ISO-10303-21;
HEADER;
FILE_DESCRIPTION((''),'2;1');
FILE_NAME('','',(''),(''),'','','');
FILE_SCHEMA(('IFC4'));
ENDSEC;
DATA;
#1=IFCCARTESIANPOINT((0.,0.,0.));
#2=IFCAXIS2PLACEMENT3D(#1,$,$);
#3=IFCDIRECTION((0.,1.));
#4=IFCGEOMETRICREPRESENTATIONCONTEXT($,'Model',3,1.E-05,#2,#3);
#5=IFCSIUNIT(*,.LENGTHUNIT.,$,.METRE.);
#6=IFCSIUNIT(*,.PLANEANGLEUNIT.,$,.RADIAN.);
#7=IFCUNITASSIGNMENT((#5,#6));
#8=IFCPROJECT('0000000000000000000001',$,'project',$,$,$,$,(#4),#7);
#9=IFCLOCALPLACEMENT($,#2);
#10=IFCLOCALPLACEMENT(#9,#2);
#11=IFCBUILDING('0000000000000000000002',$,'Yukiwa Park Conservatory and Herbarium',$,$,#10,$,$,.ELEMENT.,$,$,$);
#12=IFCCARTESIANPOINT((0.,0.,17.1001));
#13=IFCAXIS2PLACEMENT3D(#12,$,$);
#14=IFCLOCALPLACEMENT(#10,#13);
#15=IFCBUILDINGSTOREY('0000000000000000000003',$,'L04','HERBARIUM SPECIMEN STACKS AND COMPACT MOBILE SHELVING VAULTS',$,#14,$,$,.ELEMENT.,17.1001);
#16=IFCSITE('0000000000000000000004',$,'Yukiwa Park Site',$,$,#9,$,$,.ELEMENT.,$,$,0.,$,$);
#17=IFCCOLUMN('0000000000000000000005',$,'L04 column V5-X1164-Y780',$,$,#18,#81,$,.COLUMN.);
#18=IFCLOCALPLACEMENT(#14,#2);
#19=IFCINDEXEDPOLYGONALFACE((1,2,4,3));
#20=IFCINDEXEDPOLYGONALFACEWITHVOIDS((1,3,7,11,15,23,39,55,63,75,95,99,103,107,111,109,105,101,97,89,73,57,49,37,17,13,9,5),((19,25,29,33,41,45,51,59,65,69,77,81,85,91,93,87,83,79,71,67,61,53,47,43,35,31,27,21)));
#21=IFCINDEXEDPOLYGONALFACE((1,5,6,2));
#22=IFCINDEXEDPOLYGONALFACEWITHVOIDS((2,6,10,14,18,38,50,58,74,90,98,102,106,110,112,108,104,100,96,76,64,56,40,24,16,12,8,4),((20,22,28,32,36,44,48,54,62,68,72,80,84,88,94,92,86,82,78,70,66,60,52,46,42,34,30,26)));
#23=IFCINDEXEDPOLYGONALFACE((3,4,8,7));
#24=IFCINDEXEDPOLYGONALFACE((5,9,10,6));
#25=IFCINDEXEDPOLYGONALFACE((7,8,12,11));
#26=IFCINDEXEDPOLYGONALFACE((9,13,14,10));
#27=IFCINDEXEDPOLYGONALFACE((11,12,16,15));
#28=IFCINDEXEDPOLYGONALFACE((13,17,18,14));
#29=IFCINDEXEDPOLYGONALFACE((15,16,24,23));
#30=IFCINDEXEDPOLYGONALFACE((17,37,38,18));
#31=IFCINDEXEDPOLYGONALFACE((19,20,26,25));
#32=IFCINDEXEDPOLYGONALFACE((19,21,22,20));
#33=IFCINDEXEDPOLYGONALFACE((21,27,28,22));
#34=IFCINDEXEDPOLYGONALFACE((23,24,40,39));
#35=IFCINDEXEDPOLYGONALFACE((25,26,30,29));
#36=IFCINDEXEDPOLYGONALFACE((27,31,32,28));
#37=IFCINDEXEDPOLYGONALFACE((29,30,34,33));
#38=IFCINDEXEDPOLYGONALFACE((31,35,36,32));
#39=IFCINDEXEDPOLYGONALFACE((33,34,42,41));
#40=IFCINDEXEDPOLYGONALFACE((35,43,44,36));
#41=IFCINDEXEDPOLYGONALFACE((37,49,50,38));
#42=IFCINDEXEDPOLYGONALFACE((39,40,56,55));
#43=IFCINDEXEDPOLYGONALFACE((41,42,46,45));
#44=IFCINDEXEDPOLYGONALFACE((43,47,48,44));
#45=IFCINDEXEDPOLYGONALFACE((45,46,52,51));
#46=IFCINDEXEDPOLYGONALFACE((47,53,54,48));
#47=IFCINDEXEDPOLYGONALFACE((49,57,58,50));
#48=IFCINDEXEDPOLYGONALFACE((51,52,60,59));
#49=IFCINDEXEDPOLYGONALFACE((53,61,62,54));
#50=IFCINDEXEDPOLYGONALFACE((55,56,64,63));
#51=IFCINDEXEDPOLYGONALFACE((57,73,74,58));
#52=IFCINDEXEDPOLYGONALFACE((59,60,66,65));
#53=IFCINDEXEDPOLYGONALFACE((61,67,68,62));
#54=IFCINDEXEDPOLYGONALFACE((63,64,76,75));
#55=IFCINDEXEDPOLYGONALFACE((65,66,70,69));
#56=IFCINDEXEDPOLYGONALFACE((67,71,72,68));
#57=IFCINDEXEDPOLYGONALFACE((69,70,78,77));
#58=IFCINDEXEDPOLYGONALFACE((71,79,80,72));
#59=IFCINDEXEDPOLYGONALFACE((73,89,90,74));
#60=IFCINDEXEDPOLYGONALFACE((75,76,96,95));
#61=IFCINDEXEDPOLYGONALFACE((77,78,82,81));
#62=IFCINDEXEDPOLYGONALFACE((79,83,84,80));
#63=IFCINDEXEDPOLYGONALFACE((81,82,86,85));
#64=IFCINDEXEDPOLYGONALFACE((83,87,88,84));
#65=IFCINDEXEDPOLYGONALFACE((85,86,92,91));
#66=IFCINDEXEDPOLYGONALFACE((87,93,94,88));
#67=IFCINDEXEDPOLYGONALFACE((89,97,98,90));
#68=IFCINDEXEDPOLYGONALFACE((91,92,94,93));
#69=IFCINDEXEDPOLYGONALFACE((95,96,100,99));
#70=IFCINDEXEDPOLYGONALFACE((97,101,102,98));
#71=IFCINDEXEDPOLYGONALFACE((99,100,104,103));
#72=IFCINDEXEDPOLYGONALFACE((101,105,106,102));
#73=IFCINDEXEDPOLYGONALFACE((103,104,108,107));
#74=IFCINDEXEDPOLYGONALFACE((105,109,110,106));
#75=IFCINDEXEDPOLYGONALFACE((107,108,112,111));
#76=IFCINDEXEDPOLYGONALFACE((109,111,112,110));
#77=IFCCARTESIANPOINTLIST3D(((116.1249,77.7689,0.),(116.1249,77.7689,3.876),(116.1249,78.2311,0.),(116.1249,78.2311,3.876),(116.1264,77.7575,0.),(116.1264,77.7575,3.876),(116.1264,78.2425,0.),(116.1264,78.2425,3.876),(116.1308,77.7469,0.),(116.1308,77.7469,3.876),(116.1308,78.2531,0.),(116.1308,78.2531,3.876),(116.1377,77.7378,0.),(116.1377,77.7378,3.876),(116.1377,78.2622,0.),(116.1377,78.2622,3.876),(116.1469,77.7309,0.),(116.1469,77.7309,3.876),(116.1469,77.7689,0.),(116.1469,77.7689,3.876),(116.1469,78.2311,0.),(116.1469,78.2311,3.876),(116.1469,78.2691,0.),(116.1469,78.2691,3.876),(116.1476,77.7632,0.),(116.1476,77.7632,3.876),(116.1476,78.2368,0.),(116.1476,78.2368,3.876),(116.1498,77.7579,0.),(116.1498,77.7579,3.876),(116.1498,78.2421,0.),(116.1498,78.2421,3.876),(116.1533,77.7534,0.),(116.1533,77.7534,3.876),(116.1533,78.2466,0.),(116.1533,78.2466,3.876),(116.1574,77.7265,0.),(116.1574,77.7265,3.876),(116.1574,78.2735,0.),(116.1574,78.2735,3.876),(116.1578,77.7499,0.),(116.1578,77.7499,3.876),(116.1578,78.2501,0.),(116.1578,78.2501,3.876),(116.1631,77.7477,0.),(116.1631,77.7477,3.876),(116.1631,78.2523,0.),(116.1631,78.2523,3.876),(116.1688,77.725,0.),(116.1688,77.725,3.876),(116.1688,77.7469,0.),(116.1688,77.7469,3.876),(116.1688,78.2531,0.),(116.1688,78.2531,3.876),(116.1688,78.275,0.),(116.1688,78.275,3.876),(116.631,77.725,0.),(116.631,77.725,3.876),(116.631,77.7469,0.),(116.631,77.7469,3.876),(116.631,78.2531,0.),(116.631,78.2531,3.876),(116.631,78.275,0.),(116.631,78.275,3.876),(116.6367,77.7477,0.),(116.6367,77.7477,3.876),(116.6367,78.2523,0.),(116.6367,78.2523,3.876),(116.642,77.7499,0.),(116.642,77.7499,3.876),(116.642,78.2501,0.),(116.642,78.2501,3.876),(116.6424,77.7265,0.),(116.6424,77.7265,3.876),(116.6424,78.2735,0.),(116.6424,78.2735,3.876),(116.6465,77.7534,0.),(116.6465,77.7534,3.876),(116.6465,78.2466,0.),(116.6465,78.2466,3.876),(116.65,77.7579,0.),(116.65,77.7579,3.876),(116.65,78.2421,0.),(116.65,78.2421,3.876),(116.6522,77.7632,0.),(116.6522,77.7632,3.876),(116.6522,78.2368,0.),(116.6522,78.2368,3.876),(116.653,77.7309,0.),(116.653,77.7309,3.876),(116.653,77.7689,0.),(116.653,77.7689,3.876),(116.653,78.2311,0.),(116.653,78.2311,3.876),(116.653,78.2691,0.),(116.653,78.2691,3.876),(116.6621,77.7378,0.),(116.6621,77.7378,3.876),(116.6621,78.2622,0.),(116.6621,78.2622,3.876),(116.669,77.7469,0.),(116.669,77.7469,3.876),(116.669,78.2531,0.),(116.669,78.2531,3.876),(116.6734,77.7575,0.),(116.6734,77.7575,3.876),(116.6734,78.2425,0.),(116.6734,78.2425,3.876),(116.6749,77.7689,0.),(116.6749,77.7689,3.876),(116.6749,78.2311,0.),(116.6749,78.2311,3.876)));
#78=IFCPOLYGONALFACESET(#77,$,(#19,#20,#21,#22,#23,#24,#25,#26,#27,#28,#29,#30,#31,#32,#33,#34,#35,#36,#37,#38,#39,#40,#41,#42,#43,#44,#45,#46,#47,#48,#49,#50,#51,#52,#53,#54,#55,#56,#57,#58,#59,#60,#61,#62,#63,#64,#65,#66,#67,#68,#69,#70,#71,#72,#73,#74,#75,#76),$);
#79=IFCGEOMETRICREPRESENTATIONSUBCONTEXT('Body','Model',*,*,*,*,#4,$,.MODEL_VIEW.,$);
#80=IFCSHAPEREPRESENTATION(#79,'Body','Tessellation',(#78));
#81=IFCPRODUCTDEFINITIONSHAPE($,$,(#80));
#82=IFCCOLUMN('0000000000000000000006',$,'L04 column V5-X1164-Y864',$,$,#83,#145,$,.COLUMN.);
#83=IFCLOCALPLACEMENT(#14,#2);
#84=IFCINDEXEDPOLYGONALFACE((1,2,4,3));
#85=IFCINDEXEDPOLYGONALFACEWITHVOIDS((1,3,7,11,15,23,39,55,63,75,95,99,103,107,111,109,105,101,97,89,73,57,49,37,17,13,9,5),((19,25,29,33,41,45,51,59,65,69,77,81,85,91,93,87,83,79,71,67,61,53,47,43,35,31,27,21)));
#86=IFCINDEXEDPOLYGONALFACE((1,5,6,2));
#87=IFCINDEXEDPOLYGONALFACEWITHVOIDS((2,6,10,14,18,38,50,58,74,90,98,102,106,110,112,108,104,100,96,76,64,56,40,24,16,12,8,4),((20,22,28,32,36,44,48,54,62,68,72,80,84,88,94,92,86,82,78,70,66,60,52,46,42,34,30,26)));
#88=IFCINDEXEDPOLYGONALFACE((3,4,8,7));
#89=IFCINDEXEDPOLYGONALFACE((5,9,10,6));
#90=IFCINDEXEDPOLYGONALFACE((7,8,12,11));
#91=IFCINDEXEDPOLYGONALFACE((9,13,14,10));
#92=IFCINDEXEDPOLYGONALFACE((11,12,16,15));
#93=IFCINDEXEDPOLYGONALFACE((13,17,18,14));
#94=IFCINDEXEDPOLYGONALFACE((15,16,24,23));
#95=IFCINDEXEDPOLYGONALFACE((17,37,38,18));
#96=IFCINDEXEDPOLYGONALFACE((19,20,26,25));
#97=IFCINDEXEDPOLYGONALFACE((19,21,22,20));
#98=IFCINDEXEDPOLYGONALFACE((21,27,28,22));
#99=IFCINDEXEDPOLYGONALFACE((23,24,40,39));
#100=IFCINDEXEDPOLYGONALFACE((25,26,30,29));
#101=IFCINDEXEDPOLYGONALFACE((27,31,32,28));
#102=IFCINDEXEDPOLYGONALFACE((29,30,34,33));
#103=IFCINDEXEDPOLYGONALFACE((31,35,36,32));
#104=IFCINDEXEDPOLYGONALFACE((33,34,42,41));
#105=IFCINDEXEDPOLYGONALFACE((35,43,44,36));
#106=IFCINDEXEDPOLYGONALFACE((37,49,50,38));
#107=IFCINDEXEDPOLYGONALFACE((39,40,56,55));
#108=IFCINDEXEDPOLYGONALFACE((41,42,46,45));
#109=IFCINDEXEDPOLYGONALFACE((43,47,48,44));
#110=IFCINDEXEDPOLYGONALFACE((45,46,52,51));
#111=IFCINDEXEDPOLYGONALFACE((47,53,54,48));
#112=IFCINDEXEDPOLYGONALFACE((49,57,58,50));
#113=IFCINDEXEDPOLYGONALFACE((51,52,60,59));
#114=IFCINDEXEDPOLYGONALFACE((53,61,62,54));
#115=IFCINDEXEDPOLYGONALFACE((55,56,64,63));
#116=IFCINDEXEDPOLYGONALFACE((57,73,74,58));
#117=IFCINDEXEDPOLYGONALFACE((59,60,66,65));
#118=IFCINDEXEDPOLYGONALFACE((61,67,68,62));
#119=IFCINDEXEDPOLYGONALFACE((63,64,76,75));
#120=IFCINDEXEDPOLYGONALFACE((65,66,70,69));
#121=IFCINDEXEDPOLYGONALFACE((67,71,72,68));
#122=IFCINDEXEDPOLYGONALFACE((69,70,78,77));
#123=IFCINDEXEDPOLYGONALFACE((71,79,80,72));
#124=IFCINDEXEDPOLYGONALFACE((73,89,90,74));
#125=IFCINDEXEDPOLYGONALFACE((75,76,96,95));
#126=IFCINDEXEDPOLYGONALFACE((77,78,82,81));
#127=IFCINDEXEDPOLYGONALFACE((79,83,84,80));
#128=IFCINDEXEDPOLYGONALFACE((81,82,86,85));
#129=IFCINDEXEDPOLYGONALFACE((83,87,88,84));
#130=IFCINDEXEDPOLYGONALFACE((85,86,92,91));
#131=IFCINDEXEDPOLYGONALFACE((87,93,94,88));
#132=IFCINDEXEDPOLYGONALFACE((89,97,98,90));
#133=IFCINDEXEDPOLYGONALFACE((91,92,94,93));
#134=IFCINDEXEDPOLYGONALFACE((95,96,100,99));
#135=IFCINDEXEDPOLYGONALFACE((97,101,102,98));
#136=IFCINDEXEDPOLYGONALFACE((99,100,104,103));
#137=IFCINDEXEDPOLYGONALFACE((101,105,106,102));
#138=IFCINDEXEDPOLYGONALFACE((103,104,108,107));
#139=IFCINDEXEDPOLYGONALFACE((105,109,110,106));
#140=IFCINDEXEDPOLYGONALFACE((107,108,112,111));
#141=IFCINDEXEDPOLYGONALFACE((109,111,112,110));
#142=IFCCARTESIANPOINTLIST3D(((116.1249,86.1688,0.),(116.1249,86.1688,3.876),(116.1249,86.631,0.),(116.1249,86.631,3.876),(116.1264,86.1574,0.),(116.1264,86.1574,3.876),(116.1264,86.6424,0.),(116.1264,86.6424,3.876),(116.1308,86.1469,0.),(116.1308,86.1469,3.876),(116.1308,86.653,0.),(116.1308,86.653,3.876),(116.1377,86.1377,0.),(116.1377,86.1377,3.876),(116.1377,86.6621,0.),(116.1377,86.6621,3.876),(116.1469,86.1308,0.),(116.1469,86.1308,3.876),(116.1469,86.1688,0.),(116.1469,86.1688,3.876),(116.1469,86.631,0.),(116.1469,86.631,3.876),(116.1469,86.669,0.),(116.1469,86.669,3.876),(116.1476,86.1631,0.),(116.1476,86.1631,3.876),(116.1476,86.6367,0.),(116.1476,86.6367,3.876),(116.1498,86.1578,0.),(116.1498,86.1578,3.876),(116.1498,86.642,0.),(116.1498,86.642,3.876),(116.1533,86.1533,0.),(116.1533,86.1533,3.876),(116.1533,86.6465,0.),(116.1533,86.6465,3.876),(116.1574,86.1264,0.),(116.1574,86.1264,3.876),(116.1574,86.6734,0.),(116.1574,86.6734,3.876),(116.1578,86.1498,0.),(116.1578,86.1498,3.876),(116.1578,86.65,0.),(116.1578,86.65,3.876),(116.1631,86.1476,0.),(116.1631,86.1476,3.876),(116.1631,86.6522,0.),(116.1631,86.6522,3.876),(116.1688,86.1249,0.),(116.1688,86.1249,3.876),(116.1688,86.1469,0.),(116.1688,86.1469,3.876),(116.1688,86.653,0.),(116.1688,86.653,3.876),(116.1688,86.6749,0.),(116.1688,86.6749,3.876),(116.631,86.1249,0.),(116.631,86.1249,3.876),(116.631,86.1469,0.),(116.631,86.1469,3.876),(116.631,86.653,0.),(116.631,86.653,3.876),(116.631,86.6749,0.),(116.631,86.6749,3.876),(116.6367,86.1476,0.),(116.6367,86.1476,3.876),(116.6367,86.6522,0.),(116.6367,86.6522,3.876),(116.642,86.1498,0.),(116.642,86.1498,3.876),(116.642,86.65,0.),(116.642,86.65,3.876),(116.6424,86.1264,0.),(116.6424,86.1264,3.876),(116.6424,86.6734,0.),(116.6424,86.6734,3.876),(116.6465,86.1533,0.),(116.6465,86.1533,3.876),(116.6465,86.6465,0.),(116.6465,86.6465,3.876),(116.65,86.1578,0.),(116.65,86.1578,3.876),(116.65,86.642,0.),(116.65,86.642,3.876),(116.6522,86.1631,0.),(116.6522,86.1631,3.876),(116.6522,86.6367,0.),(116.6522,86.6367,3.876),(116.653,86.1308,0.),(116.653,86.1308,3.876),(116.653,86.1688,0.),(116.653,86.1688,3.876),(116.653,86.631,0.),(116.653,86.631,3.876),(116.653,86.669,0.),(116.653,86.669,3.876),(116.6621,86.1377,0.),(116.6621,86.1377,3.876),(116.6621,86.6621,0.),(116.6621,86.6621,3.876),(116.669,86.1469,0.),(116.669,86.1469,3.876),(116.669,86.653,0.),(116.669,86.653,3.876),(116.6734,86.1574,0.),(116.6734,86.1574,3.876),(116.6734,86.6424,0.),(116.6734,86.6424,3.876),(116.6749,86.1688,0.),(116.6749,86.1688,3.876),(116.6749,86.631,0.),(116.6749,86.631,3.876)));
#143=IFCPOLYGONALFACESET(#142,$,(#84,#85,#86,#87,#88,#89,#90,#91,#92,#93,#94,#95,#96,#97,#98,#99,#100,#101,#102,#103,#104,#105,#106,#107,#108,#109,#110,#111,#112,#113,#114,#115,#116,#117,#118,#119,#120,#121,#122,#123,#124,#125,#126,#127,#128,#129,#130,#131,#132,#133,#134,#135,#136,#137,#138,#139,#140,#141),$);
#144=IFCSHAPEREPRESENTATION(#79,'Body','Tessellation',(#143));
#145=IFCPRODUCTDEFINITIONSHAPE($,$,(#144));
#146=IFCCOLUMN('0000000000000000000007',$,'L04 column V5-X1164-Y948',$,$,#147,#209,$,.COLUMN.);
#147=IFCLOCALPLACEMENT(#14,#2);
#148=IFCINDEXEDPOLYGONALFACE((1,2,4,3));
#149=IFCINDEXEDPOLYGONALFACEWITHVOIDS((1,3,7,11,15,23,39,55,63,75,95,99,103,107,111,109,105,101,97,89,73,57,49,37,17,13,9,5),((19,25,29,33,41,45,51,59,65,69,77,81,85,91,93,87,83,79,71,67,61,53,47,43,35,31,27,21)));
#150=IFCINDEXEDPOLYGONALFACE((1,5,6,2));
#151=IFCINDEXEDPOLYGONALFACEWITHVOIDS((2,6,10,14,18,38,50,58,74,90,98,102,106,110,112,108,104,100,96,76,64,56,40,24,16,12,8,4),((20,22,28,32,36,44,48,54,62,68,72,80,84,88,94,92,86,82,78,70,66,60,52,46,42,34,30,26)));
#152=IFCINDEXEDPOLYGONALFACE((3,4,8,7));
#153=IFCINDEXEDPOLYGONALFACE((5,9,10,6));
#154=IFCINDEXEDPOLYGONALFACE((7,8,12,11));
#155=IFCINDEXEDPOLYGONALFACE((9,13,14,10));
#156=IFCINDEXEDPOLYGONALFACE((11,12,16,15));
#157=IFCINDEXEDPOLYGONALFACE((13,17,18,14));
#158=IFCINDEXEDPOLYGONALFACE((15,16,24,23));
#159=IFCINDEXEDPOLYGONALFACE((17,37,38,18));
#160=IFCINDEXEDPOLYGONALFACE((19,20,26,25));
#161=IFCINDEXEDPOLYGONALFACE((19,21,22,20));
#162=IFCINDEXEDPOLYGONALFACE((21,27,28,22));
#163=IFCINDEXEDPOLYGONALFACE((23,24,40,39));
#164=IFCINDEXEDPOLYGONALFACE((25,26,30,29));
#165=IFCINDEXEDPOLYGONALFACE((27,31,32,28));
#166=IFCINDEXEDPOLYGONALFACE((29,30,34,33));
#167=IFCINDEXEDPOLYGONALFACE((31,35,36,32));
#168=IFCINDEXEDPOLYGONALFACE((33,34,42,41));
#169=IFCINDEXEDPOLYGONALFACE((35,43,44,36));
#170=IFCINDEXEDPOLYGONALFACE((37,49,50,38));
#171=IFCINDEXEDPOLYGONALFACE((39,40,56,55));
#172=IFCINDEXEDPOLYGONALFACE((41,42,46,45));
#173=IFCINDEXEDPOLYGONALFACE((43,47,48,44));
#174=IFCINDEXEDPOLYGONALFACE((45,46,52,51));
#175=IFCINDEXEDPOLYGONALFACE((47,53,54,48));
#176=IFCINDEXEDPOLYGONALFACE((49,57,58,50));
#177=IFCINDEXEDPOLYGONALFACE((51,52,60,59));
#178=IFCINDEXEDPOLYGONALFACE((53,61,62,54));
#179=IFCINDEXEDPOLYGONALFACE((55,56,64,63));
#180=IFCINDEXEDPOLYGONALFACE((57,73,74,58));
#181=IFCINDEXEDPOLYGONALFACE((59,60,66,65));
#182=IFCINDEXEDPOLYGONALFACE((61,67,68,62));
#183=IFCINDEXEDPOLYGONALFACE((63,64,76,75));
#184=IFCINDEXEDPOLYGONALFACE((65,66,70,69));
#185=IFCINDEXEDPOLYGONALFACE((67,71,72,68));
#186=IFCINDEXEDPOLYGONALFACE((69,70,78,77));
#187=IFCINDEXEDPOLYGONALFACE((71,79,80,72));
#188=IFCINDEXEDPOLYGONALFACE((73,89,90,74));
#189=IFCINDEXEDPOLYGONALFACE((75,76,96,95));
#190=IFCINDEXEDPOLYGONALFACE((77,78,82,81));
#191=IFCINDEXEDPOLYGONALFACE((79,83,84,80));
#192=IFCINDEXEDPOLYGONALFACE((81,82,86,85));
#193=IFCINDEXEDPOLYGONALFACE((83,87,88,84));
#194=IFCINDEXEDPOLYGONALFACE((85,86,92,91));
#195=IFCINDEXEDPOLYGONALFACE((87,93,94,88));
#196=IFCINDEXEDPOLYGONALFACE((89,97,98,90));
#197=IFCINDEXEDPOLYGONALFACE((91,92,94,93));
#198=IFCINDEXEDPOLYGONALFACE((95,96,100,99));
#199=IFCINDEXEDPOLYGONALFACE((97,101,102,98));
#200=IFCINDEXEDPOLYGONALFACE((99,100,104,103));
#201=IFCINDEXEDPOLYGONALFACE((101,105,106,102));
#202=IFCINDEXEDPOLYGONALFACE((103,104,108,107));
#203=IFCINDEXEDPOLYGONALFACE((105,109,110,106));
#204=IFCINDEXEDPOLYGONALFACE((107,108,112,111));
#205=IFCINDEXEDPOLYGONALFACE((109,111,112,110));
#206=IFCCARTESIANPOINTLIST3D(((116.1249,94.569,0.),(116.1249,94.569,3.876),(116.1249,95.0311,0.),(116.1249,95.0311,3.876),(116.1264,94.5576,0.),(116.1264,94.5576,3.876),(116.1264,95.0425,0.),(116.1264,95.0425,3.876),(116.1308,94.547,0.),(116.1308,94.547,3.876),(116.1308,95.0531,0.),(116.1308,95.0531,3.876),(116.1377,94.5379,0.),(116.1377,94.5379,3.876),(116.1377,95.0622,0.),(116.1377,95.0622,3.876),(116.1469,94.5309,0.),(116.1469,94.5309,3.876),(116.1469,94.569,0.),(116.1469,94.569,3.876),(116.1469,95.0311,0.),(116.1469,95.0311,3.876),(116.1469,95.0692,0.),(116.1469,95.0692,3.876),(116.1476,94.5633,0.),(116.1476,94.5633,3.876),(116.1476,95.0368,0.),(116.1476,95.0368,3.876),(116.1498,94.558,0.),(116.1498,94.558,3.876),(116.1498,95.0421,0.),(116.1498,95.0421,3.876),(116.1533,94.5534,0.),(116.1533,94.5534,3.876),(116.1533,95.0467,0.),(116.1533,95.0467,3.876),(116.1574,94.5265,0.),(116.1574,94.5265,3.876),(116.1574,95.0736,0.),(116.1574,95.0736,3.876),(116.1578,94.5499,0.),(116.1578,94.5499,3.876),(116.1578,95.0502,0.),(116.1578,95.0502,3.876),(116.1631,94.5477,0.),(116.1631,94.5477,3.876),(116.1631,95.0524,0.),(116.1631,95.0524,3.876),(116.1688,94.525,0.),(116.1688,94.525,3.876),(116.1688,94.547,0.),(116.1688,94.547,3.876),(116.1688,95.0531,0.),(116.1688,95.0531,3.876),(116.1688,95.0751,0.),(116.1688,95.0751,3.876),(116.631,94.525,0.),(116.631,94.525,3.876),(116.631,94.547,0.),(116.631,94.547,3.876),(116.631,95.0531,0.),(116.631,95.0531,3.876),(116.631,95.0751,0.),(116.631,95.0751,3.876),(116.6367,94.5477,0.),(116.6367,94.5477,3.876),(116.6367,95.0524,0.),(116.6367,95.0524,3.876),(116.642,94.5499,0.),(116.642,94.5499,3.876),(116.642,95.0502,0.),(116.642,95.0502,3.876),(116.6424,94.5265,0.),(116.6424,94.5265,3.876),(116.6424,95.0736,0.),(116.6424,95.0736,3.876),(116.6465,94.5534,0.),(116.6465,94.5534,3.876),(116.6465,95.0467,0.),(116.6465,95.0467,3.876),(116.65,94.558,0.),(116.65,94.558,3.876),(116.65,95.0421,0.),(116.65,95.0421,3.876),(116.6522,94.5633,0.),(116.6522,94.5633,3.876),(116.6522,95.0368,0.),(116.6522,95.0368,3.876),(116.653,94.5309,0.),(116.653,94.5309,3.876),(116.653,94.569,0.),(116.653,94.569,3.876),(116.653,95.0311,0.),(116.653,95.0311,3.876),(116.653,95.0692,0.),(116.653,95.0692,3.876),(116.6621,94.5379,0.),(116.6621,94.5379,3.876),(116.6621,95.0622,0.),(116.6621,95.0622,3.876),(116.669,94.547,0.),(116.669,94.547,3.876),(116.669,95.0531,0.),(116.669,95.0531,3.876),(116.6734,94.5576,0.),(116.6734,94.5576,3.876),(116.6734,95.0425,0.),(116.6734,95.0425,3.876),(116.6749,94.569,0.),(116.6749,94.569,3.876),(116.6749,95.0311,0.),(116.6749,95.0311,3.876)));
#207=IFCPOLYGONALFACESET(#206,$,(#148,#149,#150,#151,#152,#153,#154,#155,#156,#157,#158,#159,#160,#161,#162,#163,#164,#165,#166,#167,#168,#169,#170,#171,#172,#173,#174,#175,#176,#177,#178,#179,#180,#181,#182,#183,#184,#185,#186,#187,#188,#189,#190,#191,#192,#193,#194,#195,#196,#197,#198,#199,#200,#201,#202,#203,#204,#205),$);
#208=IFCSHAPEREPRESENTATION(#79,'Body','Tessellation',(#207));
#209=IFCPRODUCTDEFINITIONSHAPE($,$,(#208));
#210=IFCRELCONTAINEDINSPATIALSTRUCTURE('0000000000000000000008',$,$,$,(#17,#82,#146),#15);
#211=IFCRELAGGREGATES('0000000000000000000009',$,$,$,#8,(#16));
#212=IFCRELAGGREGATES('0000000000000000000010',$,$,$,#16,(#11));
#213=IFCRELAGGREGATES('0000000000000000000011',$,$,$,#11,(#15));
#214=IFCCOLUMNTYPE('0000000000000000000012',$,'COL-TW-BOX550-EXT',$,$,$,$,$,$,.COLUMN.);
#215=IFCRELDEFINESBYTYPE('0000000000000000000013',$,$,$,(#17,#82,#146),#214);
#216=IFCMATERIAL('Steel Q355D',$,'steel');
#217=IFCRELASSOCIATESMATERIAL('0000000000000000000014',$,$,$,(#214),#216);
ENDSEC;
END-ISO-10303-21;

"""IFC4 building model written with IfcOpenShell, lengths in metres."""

from ifc_helpers import new_model, si_unit, direction, frame, origin, origin_2d, place, context, subcontext, project, spatial, hollow_rectangle, extrude, material, material_profile, profile_set, type_object, element, save


model = new_model("IFC4")

# Units and contexts
model_context = context("Model", 3, precision=1e-05, world=origin(), true_north=direction((0.0, 1.0)))
body_context = subcontext(model_context, "Body", "Model", "MODEL_VIEW")
ifc_project = project(units=[si_unit("LENGTHUNIT", "METRE"), si_unit("PLANEANGLEUNIT", "RADIAN")], contexts=[model_context])

# Site, building, storey
site_placement = place(None, origin())
site = spatial("IfcSite", under=ifc_project, at=site_placement, Name="Yukiwa Park Site", CompositionType="ELEMENT", RefElevation=0.0)
building_placement = place(site_placement, origin())
building = spatial("IfcBuilding", under=site, at=building_placement, Name="Yukiwa Park Conservatory and Herbarium", CompositionType="ELEMENT")
storey_placement = place(building_placement, frame((0.0, 0.0, 17.1001)))
storey = spatial("IfcBuildingStorey", under=building, at=storey_placement, Name="L04", Description="HERBARIUM SPECIMEN STACKS AND COMPACT MOBILE SHELVING VAULTS", CompositionType="ELEMENT", Elevation=17.1001)

# Columns
ifc_material_1 = material(Name="Steel Q355D", Category="steel")
ifc_material_profile = material_profile(ifc_material_1, hollow_rectangle(XDim=0.55, YDim=0.55, WallThickness=0.022, InnerFilletRadius=0.022, OuterFilletRadius=0.0439, at=origin_2d()), Name="BOX 550x550x22")
ifc_profile_set = profile_set([ifc_material_profile], Name="Steel Q355D")
column_type = type_object("IfcColumnType", Name="COL-TW-BOX550-EXT", PredefinedType="COLUMN", material=ifc_profile_set)
for number, where, z_axis, x_axis, name in (
    (1, (116.3999, 78.0, 0.0), (0.0, 0.0, 1.0), (1.0, 0.0, 0.0), "L04 column V5-X1164-Y780"),
    (2, (116.3999, 86.3999, 0.0), (0.0, 0.0, 1.0), (1.0, 0.0, 0.0), "L04 column V5-X1164-Y864"),
    (3, (116.3999, 94.8, 0.0), (0.0, 0.0, 1.0), (1.0, 0.0, 0.0), "L04 column V5-X1164-Y948"),
):
    element("IfcColumn", number, at=place(storey_placement, frame(where, z_axis=z_axis, x_axis=x_axis)), inside=storey, type_object=column_type, Name=name, PredefinedType="COLUMN", context=body_context, shape_type="SweptSolid", body=[
        extrude(hollow_rectangle(XDim=0.55, YDim=0.55, WallThickness=0.022, InnerFilletRadius=0.022, OuterFilletRadius=0.0439, at=origin_2d()), origin(), (0.0, 0.0, 1.0), 3.876),
    ])

save(model, "model.ifc")
